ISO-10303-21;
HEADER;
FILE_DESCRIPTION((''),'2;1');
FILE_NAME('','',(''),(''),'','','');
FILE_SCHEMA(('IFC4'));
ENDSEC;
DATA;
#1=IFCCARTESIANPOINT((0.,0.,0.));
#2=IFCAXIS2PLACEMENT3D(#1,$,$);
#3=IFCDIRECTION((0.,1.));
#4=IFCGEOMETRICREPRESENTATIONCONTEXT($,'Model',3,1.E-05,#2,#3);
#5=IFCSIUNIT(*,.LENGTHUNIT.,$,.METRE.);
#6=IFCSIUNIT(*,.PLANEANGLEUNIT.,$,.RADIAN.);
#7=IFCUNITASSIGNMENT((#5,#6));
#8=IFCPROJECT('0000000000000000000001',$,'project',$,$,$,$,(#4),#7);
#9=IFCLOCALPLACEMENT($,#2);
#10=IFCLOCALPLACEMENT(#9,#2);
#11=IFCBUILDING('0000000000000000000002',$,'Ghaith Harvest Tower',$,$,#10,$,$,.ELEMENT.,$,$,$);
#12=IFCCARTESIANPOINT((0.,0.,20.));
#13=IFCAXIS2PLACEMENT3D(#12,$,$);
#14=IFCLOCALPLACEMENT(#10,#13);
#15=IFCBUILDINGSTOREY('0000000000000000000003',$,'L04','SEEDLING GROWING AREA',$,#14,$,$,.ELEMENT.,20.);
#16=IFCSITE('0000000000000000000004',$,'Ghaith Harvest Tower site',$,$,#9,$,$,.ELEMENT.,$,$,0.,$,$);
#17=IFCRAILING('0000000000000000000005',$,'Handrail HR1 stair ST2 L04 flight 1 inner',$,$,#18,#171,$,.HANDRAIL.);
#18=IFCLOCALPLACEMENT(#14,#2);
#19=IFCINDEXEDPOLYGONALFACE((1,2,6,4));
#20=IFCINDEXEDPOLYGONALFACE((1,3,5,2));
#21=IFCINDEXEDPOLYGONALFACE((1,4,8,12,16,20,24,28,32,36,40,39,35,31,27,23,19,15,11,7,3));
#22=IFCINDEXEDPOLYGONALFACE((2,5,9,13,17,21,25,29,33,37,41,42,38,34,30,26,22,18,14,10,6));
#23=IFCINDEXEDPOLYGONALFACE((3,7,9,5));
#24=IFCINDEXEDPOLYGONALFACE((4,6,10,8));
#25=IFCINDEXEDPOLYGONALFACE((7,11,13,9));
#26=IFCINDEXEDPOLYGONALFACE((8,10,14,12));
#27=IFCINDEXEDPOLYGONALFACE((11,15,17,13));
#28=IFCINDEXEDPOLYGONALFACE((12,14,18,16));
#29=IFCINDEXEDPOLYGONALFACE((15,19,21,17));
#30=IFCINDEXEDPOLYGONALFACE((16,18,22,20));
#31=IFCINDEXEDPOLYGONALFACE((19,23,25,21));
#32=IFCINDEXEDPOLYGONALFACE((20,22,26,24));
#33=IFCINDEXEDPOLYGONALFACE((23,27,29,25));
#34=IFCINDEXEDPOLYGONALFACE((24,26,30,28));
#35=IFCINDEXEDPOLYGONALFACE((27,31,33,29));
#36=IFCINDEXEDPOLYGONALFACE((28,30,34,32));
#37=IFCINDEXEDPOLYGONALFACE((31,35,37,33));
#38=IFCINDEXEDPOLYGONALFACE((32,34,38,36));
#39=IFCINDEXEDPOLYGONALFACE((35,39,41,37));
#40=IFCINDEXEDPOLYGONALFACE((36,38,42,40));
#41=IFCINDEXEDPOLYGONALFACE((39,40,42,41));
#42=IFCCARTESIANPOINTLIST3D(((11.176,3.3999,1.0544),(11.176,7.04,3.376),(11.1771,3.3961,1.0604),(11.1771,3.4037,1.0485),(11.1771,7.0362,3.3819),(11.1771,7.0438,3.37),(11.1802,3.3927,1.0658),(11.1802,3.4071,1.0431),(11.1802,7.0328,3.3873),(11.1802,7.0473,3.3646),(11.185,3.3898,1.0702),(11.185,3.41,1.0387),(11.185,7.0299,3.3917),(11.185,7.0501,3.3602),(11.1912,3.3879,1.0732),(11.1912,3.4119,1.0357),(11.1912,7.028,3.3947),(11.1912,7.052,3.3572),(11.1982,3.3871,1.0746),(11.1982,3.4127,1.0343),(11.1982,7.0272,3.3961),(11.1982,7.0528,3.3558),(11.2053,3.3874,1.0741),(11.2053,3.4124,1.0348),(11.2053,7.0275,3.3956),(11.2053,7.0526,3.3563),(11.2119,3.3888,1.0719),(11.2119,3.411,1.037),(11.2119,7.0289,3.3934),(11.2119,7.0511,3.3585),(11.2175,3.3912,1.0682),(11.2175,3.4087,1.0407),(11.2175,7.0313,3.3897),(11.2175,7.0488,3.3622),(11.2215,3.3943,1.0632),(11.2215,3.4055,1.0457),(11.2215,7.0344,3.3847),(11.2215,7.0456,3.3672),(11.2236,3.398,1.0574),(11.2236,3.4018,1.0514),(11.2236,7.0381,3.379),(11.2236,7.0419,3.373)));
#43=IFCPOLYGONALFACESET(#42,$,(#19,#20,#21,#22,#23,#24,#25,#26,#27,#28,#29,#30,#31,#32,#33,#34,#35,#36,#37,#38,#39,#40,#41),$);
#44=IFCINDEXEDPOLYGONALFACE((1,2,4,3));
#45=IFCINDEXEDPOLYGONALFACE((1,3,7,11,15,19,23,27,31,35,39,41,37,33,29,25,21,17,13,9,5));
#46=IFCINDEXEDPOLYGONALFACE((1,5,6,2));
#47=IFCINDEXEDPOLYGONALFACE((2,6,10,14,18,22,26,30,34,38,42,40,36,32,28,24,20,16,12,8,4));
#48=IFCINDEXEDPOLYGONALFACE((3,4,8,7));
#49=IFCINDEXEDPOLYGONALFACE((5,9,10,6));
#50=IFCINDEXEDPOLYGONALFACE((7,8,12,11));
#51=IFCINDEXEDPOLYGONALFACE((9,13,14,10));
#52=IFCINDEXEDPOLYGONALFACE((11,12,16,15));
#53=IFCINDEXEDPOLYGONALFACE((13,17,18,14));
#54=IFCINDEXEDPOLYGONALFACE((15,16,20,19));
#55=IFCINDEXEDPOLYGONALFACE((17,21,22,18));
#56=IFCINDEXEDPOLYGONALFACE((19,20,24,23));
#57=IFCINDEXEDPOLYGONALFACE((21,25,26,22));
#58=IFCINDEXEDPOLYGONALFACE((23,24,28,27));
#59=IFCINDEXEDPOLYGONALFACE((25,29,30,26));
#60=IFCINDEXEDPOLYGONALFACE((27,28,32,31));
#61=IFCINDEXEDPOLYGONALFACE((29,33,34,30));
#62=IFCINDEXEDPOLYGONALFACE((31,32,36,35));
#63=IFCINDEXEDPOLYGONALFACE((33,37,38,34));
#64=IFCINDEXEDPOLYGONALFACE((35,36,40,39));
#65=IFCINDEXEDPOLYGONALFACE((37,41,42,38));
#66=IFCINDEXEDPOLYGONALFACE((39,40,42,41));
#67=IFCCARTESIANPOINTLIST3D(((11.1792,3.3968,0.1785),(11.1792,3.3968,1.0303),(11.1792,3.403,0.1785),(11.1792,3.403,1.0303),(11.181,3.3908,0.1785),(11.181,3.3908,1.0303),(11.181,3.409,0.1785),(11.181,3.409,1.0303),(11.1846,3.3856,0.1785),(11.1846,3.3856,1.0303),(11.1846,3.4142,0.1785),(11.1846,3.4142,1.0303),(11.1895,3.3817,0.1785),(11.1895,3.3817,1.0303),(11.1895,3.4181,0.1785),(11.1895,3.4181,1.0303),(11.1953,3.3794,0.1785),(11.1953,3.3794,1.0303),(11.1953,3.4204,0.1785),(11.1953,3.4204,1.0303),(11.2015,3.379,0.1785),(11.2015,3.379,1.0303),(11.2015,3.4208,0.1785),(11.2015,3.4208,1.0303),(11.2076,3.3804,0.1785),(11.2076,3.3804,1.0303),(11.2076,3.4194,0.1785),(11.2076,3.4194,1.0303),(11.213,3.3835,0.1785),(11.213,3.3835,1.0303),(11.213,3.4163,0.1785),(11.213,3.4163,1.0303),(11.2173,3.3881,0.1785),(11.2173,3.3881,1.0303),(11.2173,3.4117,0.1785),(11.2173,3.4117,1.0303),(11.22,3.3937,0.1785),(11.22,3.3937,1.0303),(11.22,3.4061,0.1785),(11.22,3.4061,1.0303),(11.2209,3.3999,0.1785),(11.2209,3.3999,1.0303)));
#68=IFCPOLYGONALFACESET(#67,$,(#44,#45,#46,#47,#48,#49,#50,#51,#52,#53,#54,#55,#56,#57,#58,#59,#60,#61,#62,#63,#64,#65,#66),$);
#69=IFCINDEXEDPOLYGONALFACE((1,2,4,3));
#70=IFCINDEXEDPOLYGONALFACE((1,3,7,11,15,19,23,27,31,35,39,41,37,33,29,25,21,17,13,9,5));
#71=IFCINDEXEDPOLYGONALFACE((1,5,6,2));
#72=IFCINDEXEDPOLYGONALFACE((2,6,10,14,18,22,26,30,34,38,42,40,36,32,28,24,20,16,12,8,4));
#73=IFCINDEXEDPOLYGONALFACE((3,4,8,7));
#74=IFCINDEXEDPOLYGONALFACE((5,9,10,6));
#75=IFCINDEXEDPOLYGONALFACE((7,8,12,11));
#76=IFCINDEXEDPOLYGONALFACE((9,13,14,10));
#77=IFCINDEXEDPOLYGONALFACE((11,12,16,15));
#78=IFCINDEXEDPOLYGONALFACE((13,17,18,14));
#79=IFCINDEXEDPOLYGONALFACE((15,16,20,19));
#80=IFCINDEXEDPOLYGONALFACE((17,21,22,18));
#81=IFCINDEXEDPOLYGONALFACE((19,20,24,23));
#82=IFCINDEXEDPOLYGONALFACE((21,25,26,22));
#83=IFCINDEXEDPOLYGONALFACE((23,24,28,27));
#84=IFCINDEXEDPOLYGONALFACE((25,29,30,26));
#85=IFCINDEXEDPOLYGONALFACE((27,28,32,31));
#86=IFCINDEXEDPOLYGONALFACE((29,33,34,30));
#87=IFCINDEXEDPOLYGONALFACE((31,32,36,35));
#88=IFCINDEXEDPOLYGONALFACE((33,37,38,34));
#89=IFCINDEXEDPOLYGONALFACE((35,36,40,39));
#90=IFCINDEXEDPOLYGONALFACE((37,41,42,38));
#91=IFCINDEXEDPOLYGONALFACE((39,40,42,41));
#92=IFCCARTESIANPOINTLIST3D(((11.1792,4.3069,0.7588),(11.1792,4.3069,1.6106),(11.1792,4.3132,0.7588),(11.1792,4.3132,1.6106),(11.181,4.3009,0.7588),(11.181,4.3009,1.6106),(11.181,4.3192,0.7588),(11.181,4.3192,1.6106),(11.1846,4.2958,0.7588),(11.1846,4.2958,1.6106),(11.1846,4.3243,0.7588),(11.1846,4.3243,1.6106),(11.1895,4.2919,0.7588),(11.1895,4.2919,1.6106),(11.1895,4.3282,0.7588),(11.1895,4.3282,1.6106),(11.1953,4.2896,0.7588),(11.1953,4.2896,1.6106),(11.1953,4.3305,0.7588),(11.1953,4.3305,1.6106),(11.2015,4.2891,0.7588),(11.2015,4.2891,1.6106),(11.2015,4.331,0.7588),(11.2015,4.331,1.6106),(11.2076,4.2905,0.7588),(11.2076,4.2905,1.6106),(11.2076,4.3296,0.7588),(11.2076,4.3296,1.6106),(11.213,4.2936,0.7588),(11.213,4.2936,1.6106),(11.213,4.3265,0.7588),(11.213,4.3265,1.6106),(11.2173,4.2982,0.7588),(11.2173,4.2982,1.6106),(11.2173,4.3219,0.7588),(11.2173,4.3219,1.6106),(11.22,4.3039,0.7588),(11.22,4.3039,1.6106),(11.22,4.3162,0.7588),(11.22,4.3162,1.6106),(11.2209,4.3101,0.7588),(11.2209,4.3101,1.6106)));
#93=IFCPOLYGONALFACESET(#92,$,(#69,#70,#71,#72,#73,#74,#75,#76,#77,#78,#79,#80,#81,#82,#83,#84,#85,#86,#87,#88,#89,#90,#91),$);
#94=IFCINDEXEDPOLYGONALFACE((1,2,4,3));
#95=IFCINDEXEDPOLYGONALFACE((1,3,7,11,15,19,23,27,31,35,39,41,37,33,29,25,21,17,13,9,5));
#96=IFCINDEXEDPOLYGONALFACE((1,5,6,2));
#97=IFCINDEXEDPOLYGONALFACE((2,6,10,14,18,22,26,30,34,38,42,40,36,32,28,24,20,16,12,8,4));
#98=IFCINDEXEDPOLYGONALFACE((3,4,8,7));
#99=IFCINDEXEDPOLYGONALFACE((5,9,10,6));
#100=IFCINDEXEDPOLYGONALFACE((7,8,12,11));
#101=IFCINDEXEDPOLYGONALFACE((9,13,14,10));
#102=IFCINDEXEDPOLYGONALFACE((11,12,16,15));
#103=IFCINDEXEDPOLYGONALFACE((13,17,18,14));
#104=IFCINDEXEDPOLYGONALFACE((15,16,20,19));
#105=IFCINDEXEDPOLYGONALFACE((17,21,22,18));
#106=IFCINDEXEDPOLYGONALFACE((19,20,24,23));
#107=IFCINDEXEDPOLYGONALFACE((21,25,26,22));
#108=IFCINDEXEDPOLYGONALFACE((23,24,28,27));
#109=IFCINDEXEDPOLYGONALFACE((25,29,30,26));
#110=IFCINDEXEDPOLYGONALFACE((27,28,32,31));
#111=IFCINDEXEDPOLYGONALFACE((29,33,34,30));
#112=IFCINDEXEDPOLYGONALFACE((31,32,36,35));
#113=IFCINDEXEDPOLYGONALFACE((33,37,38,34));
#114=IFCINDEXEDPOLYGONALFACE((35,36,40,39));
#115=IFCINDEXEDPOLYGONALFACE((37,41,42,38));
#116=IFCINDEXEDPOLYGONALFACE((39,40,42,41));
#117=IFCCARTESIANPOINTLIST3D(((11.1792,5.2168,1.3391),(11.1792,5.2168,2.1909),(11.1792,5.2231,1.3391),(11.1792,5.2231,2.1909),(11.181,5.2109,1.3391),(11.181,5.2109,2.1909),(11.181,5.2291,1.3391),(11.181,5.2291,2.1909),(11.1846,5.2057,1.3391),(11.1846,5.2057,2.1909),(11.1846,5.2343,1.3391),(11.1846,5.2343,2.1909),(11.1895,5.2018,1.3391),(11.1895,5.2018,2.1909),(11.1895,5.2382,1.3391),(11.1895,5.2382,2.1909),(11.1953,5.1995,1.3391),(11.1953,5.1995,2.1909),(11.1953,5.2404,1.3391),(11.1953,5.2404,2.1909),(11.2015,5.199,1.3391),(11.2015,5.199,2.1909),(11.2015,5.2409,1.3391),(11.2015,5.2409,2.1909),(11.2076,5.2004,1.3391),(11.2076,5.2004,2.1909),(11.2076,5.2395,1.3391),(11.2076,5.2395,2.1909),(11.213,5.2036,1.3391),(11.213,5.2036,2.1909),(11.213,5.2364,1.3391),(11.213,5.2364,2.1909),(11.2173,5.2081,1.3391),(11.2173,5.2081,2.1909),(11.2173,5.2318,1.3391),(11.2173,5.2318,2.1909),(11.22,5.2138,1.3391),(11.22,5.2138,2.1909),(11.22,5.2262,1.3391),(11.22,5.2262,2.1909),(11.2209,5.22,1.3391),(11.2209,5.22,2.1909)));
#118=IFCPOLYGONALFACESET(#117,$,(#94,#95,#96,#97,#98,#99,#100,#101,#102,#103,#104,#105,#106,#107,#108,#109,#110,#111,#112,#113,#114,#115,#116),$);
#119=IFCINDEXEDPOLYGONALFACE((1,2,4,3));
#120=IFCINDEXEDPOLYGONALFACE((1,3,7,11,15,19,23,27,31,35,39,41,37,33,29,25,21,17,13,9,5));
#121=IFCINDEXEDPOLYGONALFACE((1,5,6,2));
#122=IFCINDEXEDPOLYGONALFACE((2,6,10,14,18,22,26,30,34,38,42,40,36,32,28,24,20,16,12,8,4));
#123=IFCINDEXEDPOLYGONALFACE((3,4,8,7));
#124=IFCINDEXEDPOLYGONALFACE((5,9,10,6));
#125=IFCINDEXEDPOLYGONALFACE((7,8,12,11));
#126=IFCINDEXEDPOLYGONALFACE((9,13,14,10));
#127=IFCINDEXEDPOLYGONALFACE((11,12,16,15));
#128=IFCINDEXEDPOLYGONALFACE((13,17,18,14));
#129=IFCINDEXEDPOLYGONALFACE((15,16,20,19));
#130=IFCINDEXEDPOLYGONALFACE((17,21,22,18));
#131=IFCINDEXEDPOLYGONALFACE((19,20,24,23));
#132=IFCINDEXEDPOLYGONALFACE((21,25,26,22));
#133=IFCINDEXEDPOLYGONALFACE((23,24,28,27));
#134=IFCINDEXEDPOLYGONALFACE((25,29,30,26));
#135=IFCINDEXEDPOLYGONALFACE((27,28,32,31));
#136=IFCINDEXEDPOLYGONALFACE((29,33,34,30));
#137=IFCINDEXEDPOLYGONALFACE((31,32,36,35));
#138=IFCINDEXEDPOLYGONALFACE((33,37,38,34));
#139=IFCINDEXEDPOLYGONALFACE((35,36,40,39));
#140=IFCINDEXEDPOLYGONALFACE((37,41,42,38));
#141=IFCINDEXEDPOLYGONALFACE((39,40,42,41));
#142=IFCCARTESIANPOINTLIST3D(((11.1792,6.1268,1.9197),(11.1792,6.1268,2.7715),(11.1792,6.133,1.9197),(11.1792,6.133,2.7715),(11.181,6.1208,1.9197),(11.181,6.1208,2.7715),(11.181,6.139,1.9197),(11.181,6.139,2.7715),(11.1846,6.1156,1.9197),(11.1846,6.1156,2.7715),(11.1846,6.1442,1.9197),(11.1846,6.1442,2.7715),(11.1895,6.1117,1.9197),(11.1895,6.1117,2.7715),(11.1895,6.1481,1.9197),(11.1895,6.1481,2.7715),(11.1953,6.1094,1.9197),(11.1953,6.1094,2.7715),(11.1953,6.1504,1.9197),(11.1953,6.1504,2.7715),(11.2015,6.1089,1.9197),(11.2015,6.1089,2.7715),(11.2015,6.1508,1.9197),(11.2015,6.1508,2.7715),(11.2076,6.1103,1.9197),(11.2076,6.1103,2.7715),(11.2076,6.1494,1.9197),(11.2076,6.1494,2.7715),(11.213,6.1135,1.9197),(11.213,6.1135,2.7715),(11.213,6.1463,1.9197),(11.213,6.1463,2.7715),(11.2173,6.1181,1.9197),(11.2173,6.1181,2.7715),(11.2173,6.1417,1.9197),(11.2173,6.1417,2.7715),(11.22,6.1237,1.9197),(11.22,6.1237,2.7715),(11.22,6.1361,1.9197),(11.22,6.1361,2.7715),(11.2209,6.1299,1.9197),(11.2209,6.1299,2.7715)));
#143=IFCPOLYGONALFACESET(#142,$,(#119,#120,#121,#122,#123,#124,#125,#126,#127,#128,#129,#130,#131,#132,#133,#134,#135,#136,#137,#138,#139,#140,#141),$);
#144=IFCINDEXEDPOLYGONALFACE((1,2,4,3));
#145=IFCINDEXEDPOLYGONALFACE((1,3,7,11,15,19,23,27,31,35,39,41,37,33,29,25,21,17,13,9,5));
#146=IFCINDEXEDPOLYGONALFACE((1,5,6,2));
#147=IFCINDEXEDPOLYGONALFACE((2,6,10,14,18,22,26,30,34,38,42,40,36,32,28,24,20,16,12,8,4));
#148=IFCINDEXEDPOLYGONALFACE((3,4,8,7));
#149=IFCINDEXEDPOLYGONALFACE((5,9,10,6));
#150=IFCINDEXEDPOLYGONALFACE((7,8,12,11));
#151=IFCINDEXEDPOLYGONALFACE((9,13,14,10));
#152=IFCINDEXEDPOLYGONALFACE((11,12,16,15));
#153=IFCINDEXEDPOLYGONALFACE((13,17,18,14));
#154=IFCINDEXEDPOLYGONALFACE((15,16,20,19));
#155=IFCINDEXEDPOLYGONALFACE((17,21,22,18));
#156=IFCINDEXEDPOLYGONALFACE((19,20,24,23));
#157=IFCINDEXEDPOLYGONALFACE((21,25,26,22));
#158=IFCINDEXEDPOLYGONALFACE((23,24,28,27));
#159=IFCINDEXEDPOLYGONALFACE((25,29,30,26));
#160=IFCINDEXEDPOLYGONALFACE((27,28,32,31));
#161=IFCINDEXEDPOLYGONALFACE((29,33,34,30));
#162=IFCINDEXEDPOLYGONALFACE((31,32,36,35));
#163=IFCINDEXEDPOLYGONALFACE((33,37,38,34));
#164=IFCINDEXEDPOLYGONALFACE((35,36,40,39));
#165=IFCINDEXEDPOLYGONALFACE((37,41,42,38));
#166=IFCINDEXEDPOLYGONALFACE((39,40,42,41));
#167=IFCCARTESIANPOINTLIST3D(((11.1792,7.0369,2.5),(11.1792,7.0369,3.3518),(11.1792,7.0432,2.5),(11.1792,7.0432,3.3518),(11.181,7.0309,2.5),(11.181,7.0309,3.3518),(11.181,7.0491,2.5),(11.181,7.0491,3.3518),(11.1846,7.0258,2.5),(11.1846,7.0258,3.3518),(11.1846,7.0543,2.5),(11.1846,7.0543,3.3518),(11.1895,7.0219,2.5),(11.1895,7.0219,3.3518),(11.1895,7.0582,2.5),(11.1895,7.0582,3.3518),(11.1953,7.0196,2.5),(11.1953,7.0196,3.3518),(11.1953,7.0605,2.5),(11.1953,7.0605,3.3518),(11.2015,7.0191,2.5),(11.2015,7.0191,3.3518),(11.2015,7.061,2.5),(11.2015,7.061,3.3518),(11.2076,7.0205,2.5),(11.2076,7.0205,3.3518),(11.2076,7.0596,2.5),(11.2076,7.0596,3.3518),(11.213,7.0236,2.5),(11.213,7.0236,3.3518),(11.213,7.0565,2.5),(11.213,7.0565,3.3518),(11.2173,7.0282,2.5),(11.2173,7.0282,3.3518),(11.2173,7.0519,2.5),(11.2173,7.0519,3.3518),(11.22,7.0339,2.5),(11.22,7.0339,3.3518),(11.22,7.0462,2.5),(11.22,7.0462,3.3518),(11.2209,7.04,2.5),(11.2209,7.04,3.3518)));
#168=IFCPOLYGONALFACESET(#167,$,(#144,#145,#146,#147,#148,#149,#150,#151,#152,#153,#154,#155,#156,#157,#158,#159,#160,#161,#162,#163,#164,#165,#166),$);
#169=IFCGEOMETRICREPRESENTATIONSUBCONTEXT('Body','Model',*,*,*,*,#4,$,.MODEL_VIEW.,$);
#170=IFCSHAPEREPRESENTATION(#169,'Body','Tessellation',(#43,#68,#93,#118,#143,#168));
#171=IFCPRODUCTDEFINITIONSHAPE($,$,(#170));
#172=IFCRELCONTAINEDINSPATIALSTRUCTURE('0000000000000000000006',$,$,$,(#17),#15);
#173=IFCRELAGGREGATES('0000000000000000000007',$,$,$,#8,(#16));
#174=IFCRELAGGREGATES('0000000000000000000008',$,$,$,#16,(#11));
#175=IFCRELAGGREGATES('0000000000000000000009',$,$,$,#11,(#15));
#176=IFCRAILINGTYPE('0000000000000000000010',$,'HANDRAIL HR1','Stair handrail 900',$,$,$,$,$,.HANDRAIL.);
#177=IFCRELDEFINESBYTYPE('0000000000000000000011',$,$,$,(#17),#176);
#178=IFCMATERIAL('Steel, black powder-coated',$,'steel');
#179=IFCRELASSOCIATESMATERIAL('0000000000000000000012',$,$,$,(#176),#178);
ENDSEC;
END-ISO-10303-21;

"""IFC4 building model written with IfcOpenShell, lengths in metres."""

from ifc_helpers import new_model, si_unit, direction, frame, origin, origin_2d, place, context, subcontext, project, spatial, circle, extrude, material, type_object, element, save


model = new_model("IFC4")

# Units and contexts
model_context = context("Model", 3, precision=1e-05, world=origin(), true_north=direction((0.0, 1.0)))
body_context = subcontext(model_context, "Body", "Model", "MODEL_VIEW")
ifc_project = project(units=[si_unit("LENGTHUNIT", "METRE"), si_unit("PLANEANGLEUNIT", "RADIAN")], contexts=[model_context])

# Site, building, storey
site_placement = place(None, origin())
site = spatial("IfcSite", under=ifc_project, at=site_placement, Name="Ghaith Harvest Tower site", CompositionType="ELEMENT", RefElevation=0.0)
building_placement = place(site_placement, origin())
building = spatial("IfcBuilding", under=site, at=building_placement, Name="Ghaith Harvest Tower", CompositionType="ELEMENT")
storey_placement = place(building_placement, frame((0.0, 0.0, 20.0)))
storey = spatial("IfcBuildingStorey", under=building, at=storey_placement, Name="L04", Description="SEEDLING GROWING AREA", CompositionType="ELEMENT", Elevation=20.0)

# Railing
ifc_material_1 = material(Name="Steel, black powder-coated", Category="steel")
railing_type = type_object("IfcRailingType", Name="HANDRAIL HR1", Description="Stair handrail 900", PredefinedType="HANDRAIL", material=ifc_material_1)
railing_1_placement = place(storey_placement, frame((11.2, 3.3999, 0.1785)))
element("IfcRailing", 1, at=railing_1_placement, inside=storey, type_object=railing_type, Name="Handrail HR1 stair ST2 L04 flight 1 inner", PredefinedType="HANDRAIL", context=body_context, shape_type="SweptSolid", body=[
    extrude(circle(Radius=0.0239, at=origin_2d()), frame((0.0, 0.0, 0.876), z_axis=(0.0, 0.843128, 0.537713), x_axis=(-1.0, 0.0, 0.0)), (0.0, 0.0, 1.0), 4.3174),
    extrude(circle(Radius=0.021, at=origin_2d()), origin(), (0.0, 0.0, 1.0), 0.8518),
    extrude(circle(Radius=0.021, at=origin_2d()), frame((0.0, 0.9102, 0.5803)), (0.0, 0.0, 1.0), 0.8518),
    extrude(circle(Radius=0.021, at=origin_2d()), frame((0.0, 1.8201, 1.1606)), (0.0, 0.0, 1.0), 0.8518),
    extrude(circle(Radius=0.021, at=origin_2d()), frame((0.0, 2.73, 1.7412)), (0.0, 0.0, 1.0), 0.8518),
    extrude(circle(Radius=0.021, at=origin_2d()), frame((0.0, 3.6401, 2.3215)), (0.0, 0.0, 1.0), 0.8518),
])

save(model, "model.ifc")
